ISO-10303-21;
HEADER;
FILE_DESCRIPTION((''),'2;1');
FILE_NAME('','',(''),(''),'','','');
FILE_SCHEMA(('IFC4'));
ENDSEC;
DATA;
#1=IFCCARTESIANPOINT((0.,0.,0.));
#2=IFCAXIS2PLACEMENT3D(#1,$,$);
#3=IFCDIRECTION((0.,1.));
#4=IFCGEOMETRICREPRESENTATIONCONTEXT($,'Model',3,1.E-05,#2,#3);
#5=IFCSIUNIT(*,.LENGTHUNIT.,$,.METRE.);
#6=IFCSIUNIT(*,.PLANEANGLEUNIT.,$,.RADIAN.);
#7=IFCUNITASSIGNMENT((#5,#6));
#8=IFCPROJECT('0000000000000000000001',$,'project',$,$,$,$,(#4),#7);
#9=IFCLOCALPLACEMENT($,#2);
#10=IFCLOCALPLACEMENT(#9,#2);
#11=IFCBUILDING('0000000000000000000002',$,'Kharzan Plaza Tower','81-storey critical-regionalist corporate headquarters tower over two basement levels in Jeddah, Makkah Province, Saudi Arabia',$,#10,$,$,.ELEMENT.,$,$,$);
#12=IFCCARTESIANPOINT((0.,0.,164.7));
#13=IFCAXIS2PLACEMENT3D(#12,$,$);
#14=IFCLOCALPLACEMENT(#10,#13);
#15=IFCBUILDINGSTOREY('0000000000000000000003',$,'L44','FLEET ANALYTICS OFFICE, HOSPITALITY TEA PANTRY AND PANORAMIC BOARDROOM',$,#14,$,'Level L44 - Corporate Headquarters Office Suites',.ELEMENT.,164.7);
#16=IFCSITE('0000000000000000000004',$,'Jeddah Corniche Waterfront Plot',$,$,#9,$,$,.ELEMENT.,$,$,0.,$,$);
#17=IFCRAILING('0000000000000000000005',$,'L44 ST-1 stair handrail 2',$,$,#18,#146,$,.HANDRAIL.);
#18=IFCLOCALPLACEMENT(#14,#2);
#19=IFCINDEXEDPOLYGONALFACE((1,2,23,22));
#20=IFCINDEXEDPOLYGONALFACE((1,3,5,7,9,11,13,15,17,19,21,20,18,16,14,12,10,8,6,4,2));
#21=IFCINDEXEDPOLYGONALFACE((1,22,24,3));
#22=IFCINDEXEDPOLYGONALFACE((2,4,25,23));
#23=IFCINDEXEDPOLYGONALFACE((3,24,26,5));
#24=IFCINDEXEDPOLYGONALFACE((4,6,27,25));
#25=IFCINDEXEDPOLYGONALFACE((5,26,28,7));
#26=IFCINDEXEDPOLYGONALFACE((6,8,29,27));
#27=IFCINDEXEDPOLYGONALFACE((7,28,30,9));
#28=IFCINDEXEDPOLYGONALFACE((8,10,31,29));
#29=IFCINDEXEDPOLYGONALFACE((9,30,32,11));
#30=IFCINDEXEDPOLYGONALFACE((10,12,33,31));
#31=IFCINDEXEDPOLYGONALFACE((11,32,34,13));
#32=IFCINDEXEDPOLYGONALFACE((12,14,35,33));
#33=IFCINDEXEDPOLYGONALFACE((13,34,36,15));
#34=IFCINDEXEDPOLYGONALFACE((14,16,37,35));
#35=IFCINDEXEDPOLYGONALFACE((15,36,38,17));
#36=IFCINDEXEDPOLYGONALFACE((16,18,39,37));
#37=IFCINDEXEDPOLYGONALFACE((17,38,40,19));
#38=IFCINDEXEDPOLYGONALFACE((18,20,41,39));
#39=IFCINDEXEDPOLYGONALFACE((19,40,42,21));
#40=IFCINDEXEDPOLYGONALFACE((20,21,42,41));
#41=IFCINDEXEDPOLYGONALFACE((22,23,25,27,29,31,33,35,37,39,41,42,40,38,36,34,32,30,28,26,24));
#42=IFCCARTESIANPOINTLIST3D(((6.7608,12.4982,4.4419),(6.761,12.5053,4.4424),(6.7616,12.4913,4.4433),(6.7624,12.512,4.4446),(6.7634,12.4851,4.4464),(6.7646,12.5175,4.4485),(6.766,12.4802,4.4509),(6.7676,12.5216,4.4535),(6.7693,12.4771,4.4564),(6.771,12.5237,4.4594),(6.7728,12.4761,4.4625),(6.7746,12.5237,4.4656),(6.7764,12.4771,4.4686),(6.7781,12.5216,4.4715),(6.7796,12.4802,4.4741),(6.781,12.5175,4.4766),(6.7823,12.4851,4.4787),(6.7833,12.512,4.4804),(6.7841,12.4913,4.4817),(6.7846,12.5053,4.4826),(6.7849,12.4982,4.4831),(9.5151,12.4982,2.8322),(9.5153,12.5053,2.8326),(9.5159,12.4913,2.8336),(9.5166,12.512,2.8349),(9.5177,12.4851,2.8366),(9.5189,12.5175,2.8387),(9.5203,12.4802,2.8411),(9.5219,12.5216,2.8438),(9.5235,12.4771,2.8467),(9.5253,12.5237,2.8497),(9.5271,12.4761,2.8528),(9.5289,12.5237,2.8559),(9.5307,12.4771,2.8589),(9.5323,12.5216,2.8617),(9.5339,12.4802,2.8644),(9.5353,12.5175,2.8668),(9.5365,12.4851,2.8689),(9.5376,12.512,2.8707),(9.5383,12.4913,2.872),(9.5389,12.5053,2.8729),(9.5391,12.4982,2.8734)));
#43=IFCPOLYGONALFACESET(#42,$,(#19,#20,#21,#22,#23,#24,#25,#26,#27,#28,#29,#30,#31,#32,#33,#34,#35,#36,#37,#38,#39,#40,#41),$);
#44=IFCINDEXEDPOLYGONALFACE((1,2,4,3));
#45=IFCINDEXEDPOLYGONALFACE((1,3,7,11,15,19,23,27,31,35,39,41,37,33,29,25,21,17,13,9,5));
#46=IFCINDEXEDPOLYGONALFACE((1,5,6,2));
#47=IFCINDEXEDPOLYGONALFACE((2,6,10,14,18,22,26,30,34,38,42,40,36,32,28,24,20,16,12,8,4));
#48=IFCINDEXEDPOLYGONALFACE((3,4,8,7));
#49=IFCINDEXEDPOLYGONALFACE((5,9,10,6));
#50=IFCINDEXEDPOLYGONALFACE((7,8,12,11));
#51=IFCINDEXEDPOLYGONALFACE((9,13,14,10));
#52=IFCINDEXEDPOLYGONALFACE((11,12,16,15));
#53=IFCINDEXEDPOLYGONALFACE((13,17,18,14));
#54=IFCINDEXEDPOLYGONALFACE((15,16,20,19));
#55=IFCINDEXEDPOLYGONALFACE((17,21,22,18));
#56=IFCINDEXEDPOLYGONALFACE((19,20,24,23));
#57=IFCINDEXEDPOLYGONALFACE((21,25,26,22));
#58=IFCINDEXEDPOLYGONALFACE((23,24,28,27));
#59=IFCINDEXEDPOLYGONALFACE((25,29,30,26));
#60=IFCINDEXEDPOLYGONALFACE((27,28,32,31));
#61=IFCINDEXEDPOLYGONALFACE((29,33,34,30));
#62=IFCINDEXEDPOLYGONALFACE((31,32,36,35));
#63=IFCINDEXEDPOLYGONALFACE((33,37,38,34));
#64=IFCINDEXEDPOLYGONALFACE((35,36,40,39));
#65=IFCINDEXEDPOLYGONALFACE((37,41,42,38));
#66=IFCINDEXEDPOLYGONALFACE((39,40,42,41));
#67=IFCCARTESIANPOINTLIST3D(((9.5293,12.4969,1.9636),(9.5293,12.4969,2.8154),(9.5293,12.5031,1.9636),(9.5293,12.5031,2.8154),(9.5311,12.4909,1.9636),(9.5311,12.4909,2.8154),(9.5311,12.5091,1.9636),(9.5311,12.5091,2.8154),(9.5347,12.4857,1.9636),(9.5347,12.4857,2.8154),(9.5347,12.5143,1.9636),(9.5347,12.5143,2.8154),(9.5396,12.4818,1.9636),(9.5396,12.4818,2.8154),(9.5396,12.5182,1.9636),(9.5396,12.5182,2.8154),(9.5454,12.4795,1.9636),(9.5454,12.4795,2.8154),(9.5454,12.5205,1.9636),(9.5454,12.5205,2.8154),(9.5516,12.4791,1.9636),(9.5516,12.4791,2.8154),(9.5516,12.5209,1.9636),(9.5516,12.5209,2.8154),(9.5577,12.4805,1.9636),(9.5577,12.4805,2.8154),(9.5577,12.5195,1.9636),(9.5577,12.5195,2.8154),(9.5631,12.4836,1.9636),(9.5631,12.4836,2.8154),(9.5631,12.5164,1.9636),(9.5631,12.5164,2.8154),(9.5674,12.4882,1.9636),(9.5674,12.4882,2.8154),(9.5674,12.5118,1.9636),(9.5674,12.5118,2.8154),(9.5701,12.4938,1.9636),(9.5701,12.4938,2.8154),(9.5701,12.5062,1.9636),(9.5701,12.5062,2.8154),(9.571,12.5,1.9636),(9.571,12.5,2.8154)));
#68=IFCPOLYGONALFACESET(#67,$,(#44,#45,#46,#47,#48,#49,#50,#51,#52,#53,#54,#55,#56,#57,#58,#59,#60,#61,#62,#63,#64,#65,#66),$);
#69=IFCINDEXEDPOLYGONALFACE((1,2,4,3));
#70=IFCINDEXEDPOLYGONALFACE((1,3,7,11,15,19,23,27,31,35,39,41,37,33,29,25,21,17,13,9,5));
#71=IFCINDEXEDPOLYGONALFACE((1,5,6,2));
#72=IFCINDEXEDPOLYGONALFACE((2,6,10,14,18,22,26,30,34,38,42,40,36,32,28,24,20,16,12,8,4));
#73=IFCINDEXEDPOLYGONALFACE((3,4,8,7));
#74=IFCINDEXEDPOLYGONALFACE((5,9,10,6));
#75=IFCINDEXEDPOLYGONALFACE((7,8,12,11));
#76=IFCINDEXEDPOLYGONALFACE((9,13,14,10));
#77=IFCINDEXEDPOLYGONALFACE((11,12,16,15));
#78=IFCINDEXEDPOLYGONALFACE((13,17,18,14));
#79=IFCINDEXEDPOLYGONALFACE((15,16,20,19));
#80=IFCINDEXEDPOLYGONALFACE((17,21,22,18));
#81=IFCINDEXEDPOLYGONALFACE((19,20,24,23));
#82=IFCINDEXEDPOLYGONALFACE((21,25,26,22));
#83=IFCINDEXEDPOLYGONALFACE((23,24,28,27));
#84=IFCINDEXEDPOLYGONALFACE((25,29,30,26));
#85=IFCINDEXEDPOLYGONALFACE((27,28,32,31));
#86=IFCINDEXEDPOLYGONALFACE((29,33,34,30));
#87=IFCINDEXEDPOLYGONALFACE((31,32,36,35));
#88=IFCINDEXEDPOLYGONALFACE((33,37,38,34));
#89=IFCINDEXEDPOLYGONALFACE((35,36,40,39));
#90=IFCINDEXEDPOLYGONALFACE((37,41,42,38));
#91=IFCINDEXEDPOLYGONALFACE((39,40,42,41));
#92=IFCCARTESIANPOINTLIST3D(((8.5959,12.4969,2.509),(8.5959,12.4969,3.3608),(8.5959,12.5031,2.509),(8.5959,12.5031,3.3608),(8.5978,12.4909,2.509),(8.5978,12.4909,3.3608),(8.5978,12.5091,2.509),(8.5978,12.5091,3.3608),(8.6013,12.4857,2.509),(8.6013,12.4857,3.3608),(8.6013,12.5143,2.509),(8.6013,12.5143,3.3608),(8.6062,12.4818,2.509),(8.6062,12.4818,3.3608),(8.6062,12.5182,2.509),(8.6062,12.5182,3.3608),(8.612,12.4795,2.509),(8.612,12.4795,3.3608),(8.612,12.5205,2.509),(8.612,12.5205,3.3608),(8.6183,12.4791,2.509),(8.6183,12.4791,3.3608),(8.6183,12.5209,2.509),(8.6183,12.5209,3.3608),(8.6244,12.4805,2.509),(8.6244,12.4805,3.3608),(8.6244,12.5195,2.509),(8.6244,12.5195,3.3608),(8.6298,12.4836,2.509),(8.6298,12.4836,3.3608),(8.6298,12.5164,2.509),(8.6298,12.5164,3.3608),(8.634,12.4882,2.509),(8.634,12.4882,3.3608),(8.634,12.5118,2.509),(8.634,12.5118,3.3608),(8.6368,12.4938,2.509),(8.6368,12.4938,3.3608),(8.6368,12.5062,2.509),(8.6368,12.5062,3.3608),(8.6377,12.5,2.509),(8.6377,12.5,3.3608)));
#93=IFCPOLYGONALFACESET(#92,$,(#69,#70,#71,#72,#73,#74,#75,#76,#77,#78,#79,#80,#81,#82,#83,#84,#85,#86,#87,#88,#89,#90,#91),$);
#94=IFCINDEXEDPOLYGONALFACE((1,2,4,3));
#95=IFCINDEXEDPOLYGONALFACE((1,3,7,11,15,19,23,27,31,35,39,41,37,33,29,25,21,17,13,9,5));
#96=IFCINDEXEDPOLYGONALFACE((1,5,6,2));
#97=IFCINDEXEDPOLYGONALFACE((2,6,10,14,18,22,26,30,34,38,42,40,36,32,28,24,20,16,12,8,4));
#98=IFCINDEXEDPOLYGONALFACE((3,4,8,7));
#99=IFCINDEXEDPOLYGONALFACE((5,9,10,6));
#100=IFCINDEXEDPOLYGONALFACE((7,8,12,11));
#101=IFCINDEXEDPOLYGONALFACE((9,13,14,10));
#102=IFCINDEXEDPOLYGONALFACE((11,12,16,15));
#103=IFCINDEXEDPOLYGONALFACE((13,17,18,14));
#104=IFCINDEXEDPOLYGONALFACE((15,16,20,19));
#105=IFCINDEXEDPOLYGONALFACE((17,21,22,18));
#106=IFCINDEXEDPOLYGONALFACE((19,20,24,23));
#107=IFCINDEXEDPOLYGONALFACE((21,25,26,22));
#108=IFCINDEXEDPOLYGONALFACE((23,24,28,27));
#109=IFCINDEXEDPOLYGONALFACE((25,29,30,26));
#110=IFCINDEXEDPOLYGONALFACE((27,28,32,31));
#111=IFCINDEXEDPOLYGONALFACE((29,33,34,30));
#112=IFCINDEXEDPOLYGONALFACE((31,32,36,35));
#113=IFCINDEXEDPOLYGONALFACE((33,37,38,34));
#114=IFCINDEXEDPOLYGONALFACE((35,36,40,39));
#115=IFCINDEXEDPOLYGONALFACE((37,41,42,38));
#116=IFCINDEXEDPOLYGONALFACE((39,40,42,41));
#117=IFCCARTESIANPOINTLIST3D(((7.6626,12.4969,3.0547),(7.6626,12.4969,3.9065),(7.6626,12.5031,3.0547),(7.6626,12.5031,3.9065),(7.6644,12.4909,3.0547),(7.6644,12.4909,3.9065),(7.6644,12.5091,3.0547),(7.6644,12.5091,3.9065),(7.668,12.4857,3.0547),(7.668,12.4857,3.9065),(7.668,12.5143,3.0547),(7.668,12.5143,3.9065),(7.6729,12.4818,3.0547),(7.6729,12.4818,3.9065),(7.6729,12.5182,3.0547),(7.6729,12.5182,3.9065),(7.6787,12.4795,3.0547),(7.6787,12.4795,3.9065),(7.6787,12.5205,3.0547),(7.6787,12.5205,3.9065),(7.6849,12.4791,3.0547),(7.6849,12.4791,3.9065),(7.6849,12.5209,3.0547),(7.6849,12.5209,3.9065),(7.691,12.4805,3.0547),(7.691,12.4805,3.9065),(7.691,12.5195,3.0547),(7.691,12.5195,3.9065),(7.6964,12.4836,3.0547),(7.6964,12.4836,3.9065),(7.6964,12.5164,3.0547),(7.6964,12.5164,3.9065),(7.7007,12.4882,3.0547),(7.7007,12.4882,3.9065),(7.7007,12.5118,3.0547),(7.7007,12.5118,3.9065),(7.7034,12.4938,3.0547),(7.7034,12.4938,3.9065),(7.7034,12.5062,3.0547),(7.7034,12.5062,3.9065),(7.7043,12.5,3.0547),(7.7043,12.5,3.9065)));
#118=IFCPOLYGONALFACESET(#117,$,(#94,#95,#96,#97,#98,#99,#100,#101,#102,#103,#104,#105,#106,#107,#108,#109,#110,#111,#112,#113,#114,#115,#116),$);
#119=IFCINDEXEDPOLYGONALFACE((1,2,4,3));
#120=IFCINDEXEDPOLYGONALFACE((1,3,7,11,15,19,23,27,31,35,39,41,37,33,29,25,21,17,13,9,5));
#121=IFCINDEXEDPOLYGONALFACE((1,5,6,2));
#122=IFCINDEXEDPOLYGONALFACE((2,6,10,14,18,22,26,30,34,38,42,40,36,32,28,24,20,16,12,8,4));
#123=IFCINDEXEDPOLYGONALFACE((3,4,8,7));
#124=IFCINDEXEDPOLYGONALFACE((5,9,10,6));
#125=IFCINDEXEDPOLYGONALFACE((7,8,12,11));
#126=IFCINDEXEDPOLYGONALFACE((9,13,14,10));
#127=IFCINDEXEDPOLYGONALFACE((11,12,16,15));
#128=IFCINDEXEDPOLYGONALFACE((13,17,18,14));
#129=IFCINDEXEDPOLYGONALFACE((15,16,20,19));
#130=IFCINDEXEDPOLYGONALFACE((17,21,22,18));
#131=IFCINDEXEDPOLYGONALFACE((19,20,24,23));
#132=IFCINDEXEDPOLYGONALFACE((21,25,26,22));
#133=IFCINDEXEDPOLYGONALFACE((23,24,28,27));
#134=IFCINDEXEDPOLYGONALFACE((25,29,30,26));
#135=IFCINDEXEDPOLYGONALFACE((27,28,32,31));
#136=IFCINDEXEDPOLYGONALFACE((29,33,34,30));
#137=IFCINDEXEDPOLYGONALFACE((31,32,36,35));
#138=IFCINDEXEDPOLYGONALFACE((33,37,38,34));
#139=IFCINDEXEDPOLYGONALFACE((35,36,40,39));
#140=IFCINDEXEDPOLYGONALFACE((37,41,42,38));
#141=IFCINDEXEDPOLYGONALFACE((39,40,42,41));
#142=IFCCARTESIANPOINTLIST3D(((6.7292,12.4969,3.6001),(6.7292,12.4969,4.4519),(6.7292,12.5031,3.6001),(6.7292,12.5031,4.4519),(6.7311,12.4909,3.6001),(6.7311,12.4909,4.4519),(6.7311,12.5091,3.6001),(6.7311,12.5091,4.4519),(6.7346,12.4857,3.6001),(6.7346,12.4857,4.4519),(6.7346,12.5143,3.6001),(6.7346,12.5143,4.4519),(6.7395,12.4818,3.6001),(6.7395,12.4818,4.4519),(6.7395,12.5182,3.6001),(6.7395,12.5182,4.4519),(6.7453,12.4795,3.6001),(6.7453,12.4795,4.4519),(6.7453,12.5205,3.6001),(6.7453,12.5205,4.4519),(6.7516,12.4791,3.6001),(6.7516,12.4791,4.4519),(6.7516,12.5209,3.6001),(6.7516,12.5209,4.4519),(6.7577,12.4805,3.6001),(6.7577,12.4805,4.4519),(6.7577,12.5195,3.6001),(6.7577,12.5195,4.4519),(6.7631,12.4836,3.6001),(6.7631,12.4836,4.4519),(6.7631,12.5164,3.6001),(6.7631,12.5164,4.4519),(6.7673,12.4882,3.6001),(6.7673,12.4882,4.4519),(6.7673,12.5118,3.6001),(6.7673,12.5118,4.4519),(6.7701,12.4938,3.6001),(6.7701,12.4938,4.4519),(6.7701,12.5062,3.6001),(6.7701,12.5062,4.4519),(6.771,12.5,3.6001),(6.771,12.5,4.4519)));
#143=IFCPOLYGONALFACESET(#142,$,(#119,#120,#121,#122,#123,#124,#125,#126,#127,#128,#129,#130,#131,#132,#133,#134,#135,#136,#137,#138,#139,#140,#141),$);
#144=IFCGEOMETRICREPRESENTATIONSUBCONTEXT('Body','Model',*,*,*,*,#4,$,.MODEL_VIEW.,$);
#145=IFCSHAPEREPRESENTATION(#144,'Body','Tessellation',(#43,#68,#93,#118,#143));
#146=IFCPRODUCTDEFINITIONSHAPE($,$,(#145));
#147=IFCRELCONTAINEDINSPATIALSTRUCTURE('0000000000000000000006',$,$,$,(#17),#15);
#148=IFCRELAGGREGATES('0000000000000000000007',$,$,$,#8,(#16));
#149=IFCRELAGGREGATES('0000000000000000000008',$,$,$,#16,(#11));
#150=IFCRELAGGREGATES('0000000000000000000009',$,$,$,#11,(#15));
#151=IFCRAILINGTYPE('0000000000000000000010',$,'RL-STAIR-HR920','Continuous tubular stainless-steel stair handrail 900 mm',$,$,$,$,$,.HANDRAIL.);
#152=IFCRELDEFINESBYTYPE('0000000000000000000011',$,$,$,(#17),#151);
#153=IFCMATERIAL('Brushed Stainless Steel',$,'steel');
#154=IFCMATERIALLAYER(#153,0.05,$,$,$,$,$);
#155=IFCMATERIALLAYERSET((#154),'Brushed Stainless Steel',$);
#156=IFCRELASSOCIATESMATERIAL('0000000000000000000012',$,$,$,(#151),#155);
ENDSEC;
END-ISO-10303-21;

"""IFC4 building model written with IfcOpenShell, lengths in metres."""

from ifc_helpers import new_model, si_unit, direction, frame, origin, origin_2d, place, context, subcontext, project, spatial, circle, extrude, source, transform, mapped, material, layer, layer_set, type_object, element, save


model = new_model("IFC4")

# Units and contexts
model_context = context("Model", 3, precision=1e-05, world=origin(), true_north=direction((0.0, 1.0)))
body_context = subcontext(model_context, "Body", "Model", "MODEL_VIEW")
ifc_project = project(units=[si_unit("LENGTHUNIT", "METRE"), si_unit("PLANEANGLEUNIT", "RADIAN")], contexts=[model_context])

# Site, building, storey
site_placement = place(None, origin())
site = spatial("IfcSite", under=ifc_project, at=site_placement, Name="Jeddah Corniche Waterfront Plot", CompositionType="ELEMENT", RefElevation=0.0)
building_placement = place(site_placement, origin())
building = spatial("IfcBuilding", under=site, at=building_placement, Name="Kharzan Plaza Tower", Description="81-storey critical-regionalist corporate headquarters tower over two basement levels in Jeddah, Makkah Province, Saudi Arabia", CompositionType="ELEMENT")
storey_placement = place(building_placement, frame((0.0, 0.0, 164.7)))
storey = spatial("IfcBuildingStorey", under=building, at=storey_placement, Name="L44", Description="FLEET ANALYTICS OFFICE, HOSPITALITY TEA PANTRY AND PANORAMIC BOARDROOM", LongName="Level L44 - Corporate Headquarters Office Suites", CompositionType="ELEMENT", Elevation=164.7)

# Shared definitions
ifc_material_1 = material(Name="Brushed Stainless Steel", Category="steel")

# Railing
ifc_layer_1 = layer(ifc_material_1, 0.05)
ifc_layer_set_1 = layer_set([ifc_layer_1], Name="Brushed Stainless Steel")
railing_type_1 = type_object("IfcRailingType", Name="RL-STAIR-HR920", Description="Continuous tubular stainless-steel stair handrail 900 mm", PredefinedType="HANDRAIL", material=ifc_layer_set_1)
shared_shape_1 = source(origin(), body_context, "Body", "SweptSolid", [
    extrude(circle(Radius=0.0239, at=origin_2d()), frame((-0.0229, 0.0, 0.8892), z_axis=(-0.863361, 0.0, 0.504587), x_axis=(0.0, -1.0, 0.0)), (0.0, 0.0, 1.0), 3.1902),
    extrude(circle(Radius=0.021, at=origin_2d()), origin(), (0.0, 0.0, 1.0), 0.8518),
    extrude(circle(Radius=0.021, at=origin_2d()), frame((-0.9333, 0.0, 0.5454)), (0.0, 0.0, 1.0), 0.8518),
    extrude(circle(Radius=0.021, at=origin_2d()), frame((-1.8667, 0.0, 1.0911)), (0.0, 0.0, 1.0), 0.8518),
    extrude(circle(Radius=0.021, at=origin_2d()), frame((-2.8, 0.0, 1.6365)), (0.0, 0.0, 1.0), 0.8518),
])
railing_1_placement = place(storey_placement, frame((9.55, 12.5, 1.9636)))
element("IfcRailing", 1, at=railing_1_placement, inside=storey, type_object=railing_type_1, Name="L44 ST-1 stair handrail 2", PredefinedType="HANDRAIL", context=body_context, shape_type="MappedRepresentation", body=[
    mapped(shared_shape_1, transform((0.0, 0.0, 0.0), x_axis=(1.0, 0.0, 0.0), y_axis=(0.0, 1.0, 0.0), z_axis=(0.0, 0.0, 1.0))),
])

save(model, "model.ifc")
